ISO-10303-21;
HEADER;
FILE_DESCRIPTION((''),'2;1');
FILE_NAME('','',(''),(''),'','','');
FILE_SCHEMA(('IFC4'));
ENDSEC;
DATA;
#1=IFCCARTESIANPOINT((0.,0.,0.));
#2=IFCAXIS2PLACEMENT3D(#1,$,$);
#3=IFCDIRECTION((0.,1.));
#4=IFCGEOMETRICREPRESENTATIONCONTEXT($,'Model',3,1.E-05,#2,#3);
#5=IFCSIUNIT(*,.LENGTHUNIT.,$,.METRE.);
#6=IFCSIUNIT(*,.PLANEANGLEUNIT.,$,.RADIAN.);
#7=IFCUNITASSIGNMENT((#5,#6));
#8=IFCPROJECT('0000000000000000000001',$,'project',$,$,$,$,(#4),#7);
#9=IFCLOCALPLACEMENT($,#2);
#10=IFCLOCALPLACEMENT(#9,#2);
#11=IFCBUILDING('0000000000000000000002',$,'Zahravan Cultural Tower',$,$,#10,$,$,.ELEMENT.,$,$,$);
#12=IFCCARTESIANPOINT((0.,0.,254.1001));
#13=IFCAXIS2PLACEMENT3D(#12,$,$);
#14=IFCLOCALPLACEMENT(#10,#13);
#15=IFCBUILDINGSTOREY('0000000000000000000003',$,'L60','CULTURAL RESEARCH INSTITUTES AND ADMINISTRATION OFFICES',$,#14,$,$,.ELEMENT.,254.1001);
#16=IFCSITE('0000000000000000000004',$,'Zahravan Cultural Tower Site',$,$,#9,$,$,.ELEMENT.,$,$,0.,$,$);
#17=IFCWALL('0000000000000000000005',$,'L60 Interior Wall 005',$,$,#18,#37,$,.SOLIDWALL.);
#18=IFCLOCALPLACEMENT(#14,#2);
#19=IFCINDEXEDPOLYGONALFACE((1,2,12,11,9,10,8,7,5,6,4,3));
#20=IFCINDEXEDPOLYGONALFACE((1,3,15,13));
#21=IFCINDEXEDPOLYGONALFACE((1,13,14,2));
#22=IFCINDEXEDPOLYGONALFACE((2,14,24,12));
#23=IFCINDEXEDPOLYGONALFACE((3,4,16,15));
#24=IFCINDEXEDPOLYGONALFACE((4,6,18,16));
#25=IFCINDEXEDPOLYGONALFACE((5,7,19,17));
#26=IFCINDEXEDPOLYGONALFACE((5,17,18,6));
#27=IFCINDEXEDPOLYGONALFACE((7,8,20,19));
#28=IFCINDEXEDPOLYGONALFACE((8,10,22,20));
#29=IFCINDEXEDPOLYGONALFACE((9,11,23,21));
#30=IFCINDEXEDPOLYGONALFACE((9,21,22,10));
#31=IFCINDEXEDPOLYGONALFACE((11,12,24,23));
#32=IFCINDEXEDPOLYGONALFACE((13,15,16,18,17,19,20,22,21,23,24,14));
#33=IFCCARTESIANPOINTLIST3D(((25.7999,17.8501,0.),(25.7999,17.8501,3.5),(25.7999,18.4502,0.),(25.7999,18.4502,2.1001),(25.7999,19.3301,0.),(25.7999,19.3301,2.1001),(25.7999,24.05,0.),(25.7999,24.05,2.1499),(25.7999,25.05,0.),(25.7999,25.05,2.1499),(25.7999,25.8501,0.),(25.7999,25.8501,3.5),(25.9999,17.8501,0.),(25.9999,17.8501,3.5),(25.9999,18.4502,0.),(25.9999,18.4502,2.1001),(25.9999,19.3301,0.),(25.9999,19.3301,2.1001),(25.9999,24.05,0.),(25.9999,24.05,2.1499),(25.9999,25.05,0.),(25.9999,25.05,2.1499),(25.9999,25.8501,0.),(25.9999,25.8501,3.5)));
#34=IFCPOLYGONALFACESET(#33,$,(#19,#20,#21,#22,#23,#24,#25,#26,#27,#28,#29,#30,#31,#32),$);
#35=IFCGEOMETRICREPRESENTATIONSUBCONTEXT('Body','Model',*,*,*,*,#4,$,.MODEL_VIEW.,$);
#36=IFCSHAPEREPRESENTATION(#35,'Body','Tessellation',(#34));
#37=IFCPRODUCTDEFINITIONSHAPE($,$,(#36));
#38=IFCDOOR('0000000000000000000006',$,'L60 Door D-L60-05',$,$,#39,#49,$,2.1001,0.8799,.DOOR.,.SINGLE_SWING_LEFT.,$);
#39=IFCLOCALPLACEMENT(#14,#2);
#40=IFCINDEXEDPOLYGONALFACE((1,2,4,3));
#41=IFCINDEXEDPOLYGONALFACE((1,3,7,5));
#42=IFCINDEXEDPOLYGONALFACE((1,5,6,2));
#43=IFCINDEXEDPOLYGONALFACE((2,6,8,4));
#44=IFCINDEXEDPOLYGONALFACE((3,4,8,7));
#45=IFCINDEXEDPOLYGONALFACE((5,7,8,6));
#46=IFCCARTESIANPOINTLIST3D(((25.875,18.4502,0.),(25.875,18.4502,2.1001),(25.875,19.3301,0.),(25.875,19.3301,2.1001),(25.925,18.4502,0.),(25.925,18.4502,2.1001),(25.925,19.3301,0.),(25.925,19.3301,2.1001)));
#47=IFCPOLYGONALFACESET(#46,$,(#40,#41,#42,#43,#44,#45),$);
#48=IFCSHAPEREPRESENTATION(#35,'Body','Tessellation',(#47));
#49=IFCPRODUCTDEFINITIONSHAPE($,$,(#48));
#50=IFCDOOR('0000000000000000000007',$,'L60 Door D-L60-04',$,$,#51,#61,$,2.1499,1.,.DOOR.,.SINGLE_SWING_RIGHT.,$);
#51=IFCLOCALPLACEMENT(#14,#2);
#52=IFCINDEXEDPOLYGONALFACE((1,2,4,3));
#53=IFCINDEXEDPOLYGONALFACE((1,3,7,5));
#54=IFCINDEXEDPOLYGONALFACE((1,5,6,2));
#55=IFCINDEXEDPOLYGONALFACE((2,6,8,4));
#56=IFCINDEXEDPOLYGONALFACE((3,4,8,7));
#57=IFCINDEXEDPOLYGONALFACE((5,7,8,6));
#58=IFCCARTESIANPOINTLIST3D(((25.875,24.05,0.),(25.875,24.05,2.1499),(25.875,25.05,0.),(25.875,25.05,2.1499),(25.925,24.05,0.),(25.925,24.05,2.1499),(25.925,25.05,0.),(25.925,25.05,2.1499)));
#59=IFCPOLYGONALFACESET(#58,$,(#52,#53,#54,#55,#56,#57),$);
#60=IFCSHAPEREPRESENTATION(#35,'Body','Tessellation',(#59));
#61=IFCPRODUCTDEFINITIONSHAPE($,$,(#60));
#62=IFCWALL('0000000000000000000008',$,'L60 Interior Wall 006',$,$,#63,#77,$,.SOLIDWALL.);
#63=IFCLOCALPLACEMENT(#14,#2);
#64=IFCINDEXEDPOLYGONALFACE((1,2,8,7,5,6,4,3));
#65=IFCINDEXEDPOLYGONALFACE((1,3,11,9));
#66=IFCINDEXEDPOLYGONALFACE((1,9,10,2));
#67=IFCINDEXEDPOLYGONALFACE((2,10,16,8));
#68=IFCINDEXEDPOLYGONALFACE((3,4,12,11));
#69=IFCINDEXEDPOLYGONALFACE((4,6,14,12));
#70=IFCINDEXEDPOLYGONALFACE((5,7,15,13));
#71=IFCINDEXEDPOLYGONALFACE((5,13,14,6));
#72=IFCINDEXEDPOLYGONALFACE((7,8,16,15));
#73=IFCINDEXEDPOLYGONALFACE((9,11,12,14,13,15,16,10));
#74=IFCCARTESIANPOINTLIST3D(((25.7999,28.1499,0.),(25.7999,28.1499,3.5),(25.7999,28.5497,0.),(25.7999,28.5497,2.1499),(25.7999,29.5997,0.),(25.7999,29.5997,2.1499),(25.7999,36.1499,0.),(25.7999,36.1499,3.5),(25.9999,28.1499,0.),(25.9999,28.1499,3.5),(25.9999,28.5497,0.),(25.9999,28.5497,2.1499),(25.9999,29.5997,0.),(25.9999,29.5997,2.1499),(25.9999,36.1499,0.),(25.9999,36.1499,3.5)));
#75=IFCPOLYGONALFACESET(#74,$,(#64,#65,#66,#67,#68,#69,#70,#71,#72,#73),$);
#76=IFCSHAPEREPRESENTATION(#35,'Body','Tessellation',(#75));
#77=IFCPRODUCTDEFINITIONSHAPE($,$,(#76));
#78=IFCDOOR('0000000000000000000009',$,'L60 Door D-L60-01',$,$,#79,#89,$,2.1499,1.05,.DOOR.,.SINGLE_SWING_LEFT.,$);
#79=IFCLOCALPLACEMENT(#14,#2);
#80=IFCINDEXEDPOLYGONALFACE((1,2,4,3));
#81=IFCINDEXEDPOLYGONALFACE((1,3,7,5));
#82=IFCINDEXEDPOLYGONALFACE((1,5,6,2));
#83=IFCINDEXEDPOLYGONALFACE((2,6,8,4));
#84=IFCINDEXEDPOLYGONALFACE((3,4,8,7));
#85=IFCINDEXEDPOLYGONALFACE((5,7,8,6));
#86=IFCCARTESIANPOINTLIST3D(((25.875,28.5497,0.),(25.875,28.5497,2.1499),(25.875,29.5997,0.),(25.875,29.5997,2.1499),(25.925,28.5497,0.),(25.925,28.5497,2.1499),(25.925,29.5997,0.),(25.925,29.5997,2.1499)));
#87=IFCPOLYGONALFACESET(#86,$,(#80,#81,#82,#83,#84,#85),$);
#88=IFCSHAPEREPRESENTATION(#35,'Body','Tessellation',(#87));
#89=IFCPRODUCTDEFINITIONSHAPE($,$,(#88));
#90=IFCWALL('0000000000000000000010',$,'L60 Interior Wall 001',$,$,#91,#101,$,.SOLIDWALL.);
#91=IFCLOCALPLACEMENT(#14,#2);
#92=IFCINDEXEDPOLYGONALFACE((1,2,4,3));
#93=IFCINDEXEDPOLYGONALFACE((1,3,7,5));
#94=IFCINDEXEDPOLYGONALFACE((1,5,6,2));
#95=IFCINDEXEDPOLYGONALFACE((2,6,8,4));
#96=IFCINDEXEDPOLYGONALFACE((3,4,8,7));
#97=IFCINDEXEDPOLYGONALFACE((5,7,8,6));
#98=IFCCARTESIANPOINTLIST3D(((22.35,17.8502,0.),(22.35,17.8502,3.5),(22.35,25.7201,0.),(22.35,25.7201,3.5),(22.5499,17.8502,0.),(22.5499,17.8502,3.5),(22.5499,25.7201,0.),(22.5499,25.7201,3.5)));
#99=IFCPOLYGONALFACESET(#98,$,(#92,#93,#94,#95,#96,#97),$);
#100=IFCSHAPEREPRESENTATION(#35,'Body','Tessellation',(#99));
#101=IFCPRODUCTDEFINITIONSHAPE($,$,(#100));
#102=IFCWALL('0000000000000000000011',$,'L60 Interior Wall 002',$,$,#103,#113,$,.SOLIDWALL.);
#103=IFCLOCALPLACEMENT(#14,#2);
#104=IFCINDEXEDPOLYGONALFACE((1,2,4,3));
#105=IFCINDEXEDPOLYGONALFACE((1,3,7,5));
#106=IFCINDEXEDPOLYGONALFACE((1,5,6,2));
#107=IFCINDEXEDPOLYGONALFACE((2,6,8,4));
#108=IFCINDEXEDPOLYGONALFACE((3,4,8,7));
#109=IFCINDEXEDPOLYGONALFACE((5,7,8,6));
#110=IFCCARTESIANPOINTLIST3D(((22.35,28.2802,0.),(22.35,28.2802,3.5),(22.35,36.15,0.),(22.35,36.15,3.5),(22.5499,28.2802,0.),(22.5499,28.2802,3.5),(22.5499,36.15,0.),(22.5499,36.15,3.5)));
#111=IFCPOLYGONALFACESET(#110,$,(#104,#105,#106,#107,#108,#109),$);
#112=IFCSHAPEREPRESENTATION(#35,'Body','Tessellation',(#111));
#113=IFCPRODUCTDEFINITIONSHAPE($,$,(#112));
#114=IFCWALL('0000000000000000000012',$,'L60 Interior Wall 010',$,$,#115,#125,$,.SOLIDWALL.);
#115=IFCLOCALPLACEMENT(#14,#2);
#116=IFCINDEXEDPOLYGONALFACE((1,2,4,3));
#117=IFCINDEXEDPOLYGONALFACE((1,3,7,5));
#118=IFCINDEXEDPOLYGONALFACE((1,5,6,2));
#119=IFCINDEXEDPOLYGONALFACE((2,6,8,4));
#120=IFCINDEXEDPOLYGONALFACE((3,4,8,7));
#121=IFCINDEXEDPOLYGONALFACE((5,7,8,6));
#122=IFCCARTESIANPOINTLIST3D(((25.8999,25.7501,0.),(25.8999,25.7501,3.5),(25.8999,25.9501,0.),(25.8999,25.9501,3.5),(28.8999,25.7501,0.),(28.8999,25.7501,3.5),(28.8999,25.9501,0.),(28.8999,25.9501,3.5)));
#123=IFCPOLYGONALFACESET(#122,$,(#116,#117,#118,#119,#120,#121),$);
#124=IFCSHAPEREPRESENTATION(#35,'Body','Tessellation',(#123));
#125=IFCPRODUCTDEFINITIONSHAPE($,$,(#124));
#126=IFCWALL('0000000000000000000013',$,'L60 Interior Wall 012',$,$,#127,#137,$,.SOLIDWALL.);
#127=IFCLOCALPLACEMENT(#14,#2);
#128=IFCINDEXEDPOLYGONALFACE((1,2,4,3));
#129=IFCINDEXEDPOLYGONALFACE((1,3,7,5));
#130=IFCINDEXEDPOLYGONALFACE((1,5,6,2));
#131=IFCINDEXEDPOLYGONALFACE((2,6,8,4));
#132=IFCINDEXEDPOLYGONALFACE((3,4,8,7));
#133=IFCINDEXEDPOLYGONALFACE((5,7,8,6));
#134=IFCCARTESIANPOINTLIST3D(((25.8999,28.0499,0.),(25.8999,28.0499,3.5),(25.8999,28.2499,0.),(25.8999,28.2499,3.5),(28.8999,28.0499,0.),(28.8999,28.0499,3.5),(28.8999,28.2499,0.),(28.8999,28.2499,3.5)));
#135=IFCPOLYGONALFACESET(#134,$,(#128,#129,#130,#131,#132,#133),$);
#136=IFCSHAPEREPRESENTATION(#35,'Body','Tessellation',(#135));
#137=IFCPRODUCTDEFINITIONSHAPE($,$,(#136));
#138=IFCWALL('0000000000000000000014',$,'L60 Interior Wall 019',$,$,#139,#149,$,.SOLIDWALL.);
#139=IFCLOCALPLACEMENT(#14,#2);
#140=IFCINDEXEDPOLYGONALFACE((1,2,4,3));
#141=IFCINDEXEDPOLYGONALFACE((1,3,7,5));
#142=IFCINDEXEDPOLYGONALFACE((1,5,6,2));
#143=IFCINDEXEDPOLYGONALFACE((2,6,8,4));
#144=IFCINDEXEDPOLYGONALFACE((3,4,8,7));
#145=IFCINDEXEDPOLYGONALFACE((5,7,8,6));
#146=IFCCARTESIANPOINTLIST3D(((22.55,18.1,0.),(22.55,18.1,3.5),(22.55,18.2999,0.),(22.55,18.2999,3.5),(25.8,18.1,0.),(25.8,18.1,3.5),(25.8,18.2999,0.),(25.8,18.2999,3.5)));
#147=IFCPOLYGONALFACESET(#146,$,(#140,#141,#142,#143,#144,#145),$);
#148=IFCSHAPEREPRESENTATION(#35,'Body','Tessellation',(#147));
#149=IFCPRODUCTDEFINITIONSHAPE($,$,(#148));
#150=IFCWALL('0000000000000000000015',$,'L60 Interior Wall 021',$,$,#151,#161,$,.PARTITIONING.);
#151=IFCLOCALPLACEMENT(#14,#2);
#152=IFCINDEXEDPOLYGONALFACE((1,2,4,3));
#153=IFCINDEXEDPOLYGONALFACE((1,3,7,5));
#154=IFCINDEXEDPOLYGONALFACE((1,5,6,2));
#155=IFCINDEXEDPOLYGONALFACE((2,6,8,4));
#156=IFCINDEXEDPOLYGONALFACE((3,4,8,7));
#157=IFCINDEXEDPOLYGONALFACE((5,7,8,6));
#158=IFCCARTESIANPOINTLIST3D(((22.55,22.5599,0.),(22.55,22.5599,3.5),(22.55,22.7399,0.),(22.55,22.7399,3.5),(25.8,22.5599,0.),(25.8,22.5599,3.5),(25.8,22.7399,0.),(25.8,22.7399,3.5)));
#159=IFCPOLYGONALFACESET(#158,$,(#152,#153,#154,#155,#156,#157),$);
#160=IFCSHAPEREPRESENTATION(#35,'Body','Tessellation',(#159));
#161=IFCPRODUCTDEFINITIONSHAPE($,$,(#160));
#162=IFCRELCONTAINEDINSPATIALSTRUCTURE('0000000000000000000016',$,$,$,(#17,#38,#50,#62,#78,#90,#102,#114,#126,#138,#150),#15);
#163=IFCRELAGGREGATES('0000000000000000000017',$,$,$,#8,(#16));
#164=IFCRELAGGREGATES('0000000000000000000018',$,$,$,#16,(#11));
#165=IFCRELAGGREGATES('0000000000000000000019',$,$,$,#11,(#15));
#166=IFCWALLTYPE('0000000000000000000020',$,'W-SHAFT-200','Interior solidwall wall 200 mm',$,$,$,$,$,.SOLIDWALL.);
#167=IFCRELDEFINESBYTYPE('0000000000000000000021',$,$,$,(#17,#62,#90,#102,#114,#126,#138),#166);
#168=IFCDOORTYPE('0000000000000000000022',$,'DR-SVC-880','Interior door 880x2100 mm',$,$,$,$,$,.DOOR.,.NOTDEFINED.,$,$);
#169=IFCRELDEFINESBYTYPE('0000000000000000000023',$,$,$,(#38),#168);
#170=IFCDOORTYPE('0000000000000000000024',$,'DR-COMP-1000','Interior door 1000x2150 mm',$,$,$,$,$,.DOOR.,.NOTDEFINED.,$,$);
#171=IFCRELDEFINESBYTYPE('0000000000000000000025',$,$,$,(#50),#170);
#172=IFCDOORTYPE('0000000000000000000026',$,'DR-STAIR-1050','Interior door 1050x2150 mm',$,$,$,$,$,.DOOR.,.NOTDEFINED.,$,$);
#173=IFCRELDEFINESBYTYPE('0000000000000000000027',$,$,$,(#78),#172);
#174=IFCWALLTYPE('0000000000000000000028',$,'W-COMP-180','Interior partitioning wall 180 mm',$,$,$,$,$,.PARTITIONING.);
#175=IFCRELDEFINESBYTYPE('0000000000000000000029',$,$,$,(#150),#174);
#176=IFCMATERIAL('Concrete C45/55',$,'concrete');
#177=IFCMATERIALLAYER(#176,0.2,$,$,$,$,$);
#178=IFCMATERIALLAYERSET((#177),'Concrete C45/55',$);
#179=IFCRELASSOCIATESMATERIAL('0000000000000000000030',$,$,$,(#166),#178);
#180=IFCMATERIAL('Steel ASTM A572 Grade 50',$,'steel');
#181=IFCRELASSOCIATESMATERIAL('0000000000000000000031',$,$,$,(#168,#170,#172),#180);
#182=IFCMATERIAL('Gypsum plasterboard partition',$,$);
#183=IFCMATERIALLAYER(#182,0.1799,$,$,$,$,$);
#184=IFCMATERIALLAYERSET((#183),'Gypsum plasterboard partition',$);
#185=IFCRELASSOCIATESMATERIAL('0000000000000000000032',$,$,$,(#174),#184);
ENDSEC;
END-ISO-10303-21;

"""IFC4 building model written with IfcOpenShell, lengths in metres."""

from ifc_helpers import new_model, si_unit, direction, frame, frame_2d, origin, place, context, subcontext, project, spatial, rectangle, extrude, source, transform, mapped, material, layer, layer_set, type_object, element, fill, save


model = new_model("IFC4")

# Units and contexts
model_context = context("Model", 3, precision=1e-05, world=origin(), true_north=direction((0.0, 1.0)))
body_context = subcontext(model_context, "Body", "Model", "MODEL_VIEW")
ifc_project = project(units=[si_unit("LENGTHUNIT", "METRE"), si_unit("PLANEANGLEUNIT", "RADIAN")], contexts=[model_context])

# Site, building, storey
site_placement = place(None, origin())
site = spatial("IfcSite", under=ifc_project, at=site_placement, Name="Zahravan Cultural Tower Site", CompositionType="ELEMENT", RefElevation=0.0)
building_placement = place(site_placement, origin())
building = spatial("IfcBuilding", under=site, at=building_placement, Name="Zahravan Cultural Tower", CompositionType="ELEMENT")
storey_placement = place(building_placement, frame((0.0, 0.0, 254.1001)))
storey = spatial("IfcBuildingStorey", under=building, at=storey_placement, Name="L60", Description="CULTURAL RESEARCH INSTITUTES AND ADMINISTRATION OFFICES", CompositionType="ELEMENT", Elevation=254.1001)

# Shared definitions
ifc_material_1 = material(Name="Steel ASTM A572 Grade 50", Category="steel")
ifc_material_2 = material(Name="Gypsum plasterboard partition")

# Wall, openings, doors
ifc_material_3 = material(Name="Concrete C45/55", Category="concrete")
ifc_layer_1 = layer(ifc_material_3, 0.2)
ifc_layer_set_1 = layer_set([ifc_layer_1], Name="Concrete C45/55")
wall_type_1 = type_object("IfcWallType", Name="W-SHAFT-200", Description="Interior solidwall wall 200 mm", PredefinedType="SOLIDWALL", material=ifc_layer_set_1)
wall_1_placement = place(storey_placement, frame((25.8999, 17.8501, 0.0), z_axis=(0.0, 0.0, 1.0), x_axis=(0.0, 1.0, 0.0)))
wall_1 = element("IfcWall", 1, at=wall_1_placement, inside=storey, type_object=wall_type_1, Name="L60 Interior Wall 005", PredefinedType="SOLIDWALL", context=body_context, shape_type="SweptSolid", body=[
    extrude(rectangle(XDim=8.0, YDim=0.2, at=frame_2d((4.0, 0.0))), origin(), (0.0, 0.0, 1.0), 3.5),
])
opening_1_placement = place(wall_1_placement, frame((6.2, 0.0, 0.0)))
opening_1 = element("IfcOpeningElement", 2, at=opening_1_placement, cuts=wall_1, PredefinedType="OPENING", context=body_context, shape_type="SweptSolid", body=[
    extrude(rectangle(XDim=1.0, YDim=2.1499, at=frame_2d((0.5, 1.075))), frame((0.0, 0.1099, 0.0), z_axis=(0.0, -1.0, 0.0), x_axis=(1.0, 0.0, 0.0)), (0.0, 0.0, 1.0), 0.22),
])
opening_2_placement = place(wall_1_placement, frame((0.6001, 0.0, 0.0)))
opening_2 = element("IfcOpeningElement", 3, at=opening_2_placement, cuts=wall_1, PredefinedType="OPENING", context=body_context, shape_type="SweptSolid", body=[
    extrude(rectangle(XDim=0.8799, YDim=2.1001, at=frame_2d((0.4399, 1.05))), frame((0.0, 0.1099, 0.0), z_axis=(0.0, -1.0, 0.0), x_axis=(1.0, 0.0, 0.0)), (0.0, 0.0, 1.0), 0.22),
])
door_type_1 = type_object("IfcDoorType", Name="DR-SVC-880", Description="Interior door 880x2100 mm", OperationType="NOTDEFINED", PredefinedType="DOOR", material=ifc_material_1)
shared_shape_1 = source(origin(), body_context, "Body", "SweptSolid", [
    extrude(rectangle(XDim=0.8799, YDim=2.1001, at=frame_2d((0.4399, 1.05))), frame((0.0, 0.0249, 0.0), z_axis=(0.0, -1.0, 0.0), x_axis=(1.0, 0.0, 0.0)), (0.0, 0.0, 1.0), 0.05),
])
door_1_placement = place(opening_2_placement, origin())
door_1 = element("IfcDoor", 4, at=door_1_placement, inside=storey, type_object=door_type_1, Name="L60 Door D-L60-05", OperationType="SINGLE_SWING_LEFT", OverallHeight=2.1001, OverallWidth=0.8799, PredefinedType="DOOR", context=body_context, shape_type="MappedRepresentation", body=[
    mapped(shared_shape_1, transform((0.0, 0.0, 0.0), x_axis=(1.0, 0.0, 0.0), y_axis=(0.0, 1.0, 0.0), z_axis=(0.0, 0.0, 1.0), scale=1.0)),
])
fill(opening_2, door_1)
door_type_2 = type_object("IfcDoorType", Name="DR-COMP-1000", Description="Interior door 1000x2150 mm", OperationType="NOTDEFINED", PredefinedType="DOOR", material=ifc_material_1)
shared_shape_2 = source(origin(), body_context, "Body", "SweptSolid", [
    extrude(rectangle(XDim=1.0, YDim=2.1499, at=frame_2d((0.5, 1.075))), frame((0.0, 0.0249, 0.0), z_axis=(0.0, -1.0, 0.0), x_axis=(1.0, 0.0, 0.0)), (0.0, 0.0, 1.0), 0.05),
])
door_2_placement = place(opening_1_placement, origin())
door_2 = element("IfcDoor", 5, at=door_2_placement, inside=storey, type_object=door_type_2, Name="L60 Door D-L60-04", OperationType="SINGLE_SWING_RIGHT", OverallHeight=2.1499, OverallWidth=1.0, PredefinedType="DOOR", context=body_context, shape_type="MappedRepresentation", body=[
    mapped(shared_shape_2, transform((0.0, 0.0, 0.0), x_axis=(1.0, 0.0, 0.0), y_axis=(0.0, 1.0, 0.0), z_axis=(0.0, 0.0, 1.0), scale=1.0)),
])
fill(opening_1, door_2)

# Wall, opening, door
wall_2_placement = place(storey_placement, frame((25.8999, 28.1499, 0.0), z_axis=(0.0, 0.0, 1.0), x_axis=(0.0, 1.0, 0.0)))
wall_2 = element("IfcWall", 6, at=wall_2_placement, inside=storey, type_object=wall_type_1, Name="L60 Interior Wall 006", PredefinedType="SOLIDWALL", context=body_context, shape_type="SweptSolid", body=[
    extrude(rectangle(XDim=8.0, YDim=0.2, at=frame_2d((4.0, 0.0))), origin(), (0.0, 0.0, 1.0), 3.5),
])
opening_3_placement = place(wall_2_placement, frame((0.3999, 0.0, 0.0)))
opening_3 = element("IfcOpeningElement", 7, at=opening_3_placement, cuts=wall_2, PredefinedType="OPENING", context=body_context, shape_type="SweptSolid", body=[
    extrude(rectangle(XDim=1.05, YDim=2.1499, at=frame_2d((0.5249, 1.075))), frame((0.0, 0.1099, 0.0), z_axis=(0.0, -1.0, 0.0), x_axis=(1.0, 0.0, 0.0)), (0.0, 0.0, 1.0), 0.22),
])
door_type_3 = type_object("IfcDoorType", Name="DR-STAIR-1050", Description="Interior door 1050x2150 mm", OperationType="NOTDEFINED", PredefinedType="DOOR", material=ifc_material_1)
shared_shape_3 = source(origin(), body_context, "Body", "SweptSolid", [
    extrude(rectangle(XDim=1.05, YDim=2.1499, at=frame_2d((0.5249, 1.075))), frame((0.0, 0.0249, 0.0), z_axis=(0.0, -1.0, 0.0), x_axis=(1.0, 0.0, 0.0)), (0.0, 0.0, 1.0), 0.05),
])
door_3_placement = place(opening_3_placement, origin())
door_3 = element("IfcDoor", 8, at=door_3_placement, inside=storey, type_object=door_type_3, Name="L60 Door D-L60-01", OperationType="SINGLE_SWING_LEFT", OverallHeight=2.1499, OverallWidth=1.05, PredefinedType="DOOR", context=body_context, shape_type="MappedRepresentation", body=[
    mapped(shared_shape_3, transform((0.0, 0.0, 0.0), x_axis=(1.0, 0.0, 0.0), y_axis=(0.0, 1.0, 0.0), z_axis=(0.0, 0.0, 1.0), scale=1.0)),
])
fill(opening_3, door_3)

# Walls
shared_shape_4 = source(origin(), body_context, "Body", "SweptSolid", [
    extrude(rectangle(XDim=7.8699, YDim=0.2, at=frame_2d((3.9351, 0.0))), origin(), (0.0, 0.0, 1.0), 3.5),
])
for number, where, z_axis, x_axis, name in (
    (9, (22.45, 17.8501, 0.0), (0.0, 0.0, 1.0), (0.0, 1.0, 0.0), "L60 Interior Wall 001"),
    (10, (22.45, 28.28, 0.0), (0.0, 0.0, 1.0), (0.0, 1.0, 0.0), "L60 Interior Wall 002"),
):
    element("IfcWall", number, at=place(storey_placement, frame(where, z_axis=z_axis, x_axis=x_axis)), inside=storey, type_object=wall_type_1, Name=name, PredefinedType="SOLIDWALL", context=body_context, shape_type="MappedRepresentation", body=[
        mapped(shared_shape_4, transform((0.0, 0.0, 0.0), x_axis=(1.0, 0.0, 0.0), y_axis=(0.0, 1.0, 0.0), z_axis=(0.0, 0.0, 1.0), scale=1.0)),
    ])
shared_shape_5 = source(origin(), body_context, "Body", "SweptSolid", [
    extrude(rectangle(XDim=3.0, YDim=0.2, at=frame_2d((1.5, 0.0))), origin(), (0.0, 0.0, 1.0), 3.5),
])
for number, where, z_axis, x_axis, name in (
    (11, (25.8999, 25.8501, 0.0), (0.0, 0.0, 1.0), (1.0, 0.0, 0.0), "L60 Interior Wall 010"),
    (12, (25.8999, 28.1499, 0.0), (0.0, 0.0, 1.0), (1.0, 0.0, 0.0), "L60 Interior Wall 012"),
):
    element("IfcWall", number, at=place(storey_placement, frame(where, z_axis=z_axis, x_axis=x_axis)), inside=storey, type_object=wall_type_1, Name=name, PredefinedType="SOLIDWALL", context=body_context, shape_type="MappedRepresentation", body=[
        mapped(shared_shape_5, transform((0.0, 0.0, 0.0), x_axis=(1.0, 0.0, 0.0), y_axis=(0.0, 1.0, 0.0), z_axis=(0.0, 0.0, 1.0), scale=1.0)),
    ])
shared_shape_6 = source(origin(), body_context, "Body", "SweptSolid", [
    extrude(rectangle(XDim=3.25, YDim=0.2, at=frame_2d((1.625, 0.0))), origin(), (0.0, 0.0, 1.0), 3.5),
])
wall_3_placement = place(storey_placement, frame((22.55, 18.2, 0.0), z_axis=(0.0, 0.0, 1.0), x_axis=(1.0, 0.0, 0.0)))
element("IfcWall", 13, at=wall_3_placement, inside=storey, type_object=wall_type_1, Name="L60 Interior Wall 019", PredefinedType="SOLIDWALL", context=body_context, shape_type="MappedRepresentation", body=[
    mapped(shared_shape_6, transform((0.0, 0.0, 0.0), x_axis=(1.0, 0.0, 0.0), y_axis=(0.0, 1.0, 0.0), z_axis=(0.0, 0.0, 1.0), scale=1.0)),
])
ifc_layer_2 = layer(ifc_material_2, 0.1799)
ifc_layer_set_2 = layer_set([ifc_layer_2], Name="Gypsum plasterboard partition")
wall_type_2 = type_object("IfcWallType", Name="W-COMP-180", Description="Interior partitioning wall 180 mm", PredefinedType="PARTITIONING", material=ifc_layer_set_2)
shared_shape_7 = source(origin(), body_context, "Body", "SweptSolid", [
    extrude(rectangle(XDim=3.25, YDim=0.1799, at=frame_2d((1.625, 0.0))), origin(), (0.0, 0.0, 1.0), 3.5),
])
wall_4_placement = place(storey_placement, frame((22.55, 22.6499, 0.0), z_axis=(0.0, 0.0, 1.0), x_axis=(1.0, 0.0, 0.0)))
element("IfcWall", 14, at=wall_4_placement, inside=storey, type_object=wall_type_2, Name="L60 Interior Wall 021", PredefinedType="PARTITIONING", context=body_context, shape_type="MappedRepresentation", body=[
    mapped(shared_shape_7, transform((0.0, 0.0, 0.0), x_axis=(1.0, 0.0, 0.0), y_axis=(0.0, 1.0, 0.0), z_axis=(0.0, 0.0, 1.0), scale=1.0)),
])

save(model, "model.ifc")
